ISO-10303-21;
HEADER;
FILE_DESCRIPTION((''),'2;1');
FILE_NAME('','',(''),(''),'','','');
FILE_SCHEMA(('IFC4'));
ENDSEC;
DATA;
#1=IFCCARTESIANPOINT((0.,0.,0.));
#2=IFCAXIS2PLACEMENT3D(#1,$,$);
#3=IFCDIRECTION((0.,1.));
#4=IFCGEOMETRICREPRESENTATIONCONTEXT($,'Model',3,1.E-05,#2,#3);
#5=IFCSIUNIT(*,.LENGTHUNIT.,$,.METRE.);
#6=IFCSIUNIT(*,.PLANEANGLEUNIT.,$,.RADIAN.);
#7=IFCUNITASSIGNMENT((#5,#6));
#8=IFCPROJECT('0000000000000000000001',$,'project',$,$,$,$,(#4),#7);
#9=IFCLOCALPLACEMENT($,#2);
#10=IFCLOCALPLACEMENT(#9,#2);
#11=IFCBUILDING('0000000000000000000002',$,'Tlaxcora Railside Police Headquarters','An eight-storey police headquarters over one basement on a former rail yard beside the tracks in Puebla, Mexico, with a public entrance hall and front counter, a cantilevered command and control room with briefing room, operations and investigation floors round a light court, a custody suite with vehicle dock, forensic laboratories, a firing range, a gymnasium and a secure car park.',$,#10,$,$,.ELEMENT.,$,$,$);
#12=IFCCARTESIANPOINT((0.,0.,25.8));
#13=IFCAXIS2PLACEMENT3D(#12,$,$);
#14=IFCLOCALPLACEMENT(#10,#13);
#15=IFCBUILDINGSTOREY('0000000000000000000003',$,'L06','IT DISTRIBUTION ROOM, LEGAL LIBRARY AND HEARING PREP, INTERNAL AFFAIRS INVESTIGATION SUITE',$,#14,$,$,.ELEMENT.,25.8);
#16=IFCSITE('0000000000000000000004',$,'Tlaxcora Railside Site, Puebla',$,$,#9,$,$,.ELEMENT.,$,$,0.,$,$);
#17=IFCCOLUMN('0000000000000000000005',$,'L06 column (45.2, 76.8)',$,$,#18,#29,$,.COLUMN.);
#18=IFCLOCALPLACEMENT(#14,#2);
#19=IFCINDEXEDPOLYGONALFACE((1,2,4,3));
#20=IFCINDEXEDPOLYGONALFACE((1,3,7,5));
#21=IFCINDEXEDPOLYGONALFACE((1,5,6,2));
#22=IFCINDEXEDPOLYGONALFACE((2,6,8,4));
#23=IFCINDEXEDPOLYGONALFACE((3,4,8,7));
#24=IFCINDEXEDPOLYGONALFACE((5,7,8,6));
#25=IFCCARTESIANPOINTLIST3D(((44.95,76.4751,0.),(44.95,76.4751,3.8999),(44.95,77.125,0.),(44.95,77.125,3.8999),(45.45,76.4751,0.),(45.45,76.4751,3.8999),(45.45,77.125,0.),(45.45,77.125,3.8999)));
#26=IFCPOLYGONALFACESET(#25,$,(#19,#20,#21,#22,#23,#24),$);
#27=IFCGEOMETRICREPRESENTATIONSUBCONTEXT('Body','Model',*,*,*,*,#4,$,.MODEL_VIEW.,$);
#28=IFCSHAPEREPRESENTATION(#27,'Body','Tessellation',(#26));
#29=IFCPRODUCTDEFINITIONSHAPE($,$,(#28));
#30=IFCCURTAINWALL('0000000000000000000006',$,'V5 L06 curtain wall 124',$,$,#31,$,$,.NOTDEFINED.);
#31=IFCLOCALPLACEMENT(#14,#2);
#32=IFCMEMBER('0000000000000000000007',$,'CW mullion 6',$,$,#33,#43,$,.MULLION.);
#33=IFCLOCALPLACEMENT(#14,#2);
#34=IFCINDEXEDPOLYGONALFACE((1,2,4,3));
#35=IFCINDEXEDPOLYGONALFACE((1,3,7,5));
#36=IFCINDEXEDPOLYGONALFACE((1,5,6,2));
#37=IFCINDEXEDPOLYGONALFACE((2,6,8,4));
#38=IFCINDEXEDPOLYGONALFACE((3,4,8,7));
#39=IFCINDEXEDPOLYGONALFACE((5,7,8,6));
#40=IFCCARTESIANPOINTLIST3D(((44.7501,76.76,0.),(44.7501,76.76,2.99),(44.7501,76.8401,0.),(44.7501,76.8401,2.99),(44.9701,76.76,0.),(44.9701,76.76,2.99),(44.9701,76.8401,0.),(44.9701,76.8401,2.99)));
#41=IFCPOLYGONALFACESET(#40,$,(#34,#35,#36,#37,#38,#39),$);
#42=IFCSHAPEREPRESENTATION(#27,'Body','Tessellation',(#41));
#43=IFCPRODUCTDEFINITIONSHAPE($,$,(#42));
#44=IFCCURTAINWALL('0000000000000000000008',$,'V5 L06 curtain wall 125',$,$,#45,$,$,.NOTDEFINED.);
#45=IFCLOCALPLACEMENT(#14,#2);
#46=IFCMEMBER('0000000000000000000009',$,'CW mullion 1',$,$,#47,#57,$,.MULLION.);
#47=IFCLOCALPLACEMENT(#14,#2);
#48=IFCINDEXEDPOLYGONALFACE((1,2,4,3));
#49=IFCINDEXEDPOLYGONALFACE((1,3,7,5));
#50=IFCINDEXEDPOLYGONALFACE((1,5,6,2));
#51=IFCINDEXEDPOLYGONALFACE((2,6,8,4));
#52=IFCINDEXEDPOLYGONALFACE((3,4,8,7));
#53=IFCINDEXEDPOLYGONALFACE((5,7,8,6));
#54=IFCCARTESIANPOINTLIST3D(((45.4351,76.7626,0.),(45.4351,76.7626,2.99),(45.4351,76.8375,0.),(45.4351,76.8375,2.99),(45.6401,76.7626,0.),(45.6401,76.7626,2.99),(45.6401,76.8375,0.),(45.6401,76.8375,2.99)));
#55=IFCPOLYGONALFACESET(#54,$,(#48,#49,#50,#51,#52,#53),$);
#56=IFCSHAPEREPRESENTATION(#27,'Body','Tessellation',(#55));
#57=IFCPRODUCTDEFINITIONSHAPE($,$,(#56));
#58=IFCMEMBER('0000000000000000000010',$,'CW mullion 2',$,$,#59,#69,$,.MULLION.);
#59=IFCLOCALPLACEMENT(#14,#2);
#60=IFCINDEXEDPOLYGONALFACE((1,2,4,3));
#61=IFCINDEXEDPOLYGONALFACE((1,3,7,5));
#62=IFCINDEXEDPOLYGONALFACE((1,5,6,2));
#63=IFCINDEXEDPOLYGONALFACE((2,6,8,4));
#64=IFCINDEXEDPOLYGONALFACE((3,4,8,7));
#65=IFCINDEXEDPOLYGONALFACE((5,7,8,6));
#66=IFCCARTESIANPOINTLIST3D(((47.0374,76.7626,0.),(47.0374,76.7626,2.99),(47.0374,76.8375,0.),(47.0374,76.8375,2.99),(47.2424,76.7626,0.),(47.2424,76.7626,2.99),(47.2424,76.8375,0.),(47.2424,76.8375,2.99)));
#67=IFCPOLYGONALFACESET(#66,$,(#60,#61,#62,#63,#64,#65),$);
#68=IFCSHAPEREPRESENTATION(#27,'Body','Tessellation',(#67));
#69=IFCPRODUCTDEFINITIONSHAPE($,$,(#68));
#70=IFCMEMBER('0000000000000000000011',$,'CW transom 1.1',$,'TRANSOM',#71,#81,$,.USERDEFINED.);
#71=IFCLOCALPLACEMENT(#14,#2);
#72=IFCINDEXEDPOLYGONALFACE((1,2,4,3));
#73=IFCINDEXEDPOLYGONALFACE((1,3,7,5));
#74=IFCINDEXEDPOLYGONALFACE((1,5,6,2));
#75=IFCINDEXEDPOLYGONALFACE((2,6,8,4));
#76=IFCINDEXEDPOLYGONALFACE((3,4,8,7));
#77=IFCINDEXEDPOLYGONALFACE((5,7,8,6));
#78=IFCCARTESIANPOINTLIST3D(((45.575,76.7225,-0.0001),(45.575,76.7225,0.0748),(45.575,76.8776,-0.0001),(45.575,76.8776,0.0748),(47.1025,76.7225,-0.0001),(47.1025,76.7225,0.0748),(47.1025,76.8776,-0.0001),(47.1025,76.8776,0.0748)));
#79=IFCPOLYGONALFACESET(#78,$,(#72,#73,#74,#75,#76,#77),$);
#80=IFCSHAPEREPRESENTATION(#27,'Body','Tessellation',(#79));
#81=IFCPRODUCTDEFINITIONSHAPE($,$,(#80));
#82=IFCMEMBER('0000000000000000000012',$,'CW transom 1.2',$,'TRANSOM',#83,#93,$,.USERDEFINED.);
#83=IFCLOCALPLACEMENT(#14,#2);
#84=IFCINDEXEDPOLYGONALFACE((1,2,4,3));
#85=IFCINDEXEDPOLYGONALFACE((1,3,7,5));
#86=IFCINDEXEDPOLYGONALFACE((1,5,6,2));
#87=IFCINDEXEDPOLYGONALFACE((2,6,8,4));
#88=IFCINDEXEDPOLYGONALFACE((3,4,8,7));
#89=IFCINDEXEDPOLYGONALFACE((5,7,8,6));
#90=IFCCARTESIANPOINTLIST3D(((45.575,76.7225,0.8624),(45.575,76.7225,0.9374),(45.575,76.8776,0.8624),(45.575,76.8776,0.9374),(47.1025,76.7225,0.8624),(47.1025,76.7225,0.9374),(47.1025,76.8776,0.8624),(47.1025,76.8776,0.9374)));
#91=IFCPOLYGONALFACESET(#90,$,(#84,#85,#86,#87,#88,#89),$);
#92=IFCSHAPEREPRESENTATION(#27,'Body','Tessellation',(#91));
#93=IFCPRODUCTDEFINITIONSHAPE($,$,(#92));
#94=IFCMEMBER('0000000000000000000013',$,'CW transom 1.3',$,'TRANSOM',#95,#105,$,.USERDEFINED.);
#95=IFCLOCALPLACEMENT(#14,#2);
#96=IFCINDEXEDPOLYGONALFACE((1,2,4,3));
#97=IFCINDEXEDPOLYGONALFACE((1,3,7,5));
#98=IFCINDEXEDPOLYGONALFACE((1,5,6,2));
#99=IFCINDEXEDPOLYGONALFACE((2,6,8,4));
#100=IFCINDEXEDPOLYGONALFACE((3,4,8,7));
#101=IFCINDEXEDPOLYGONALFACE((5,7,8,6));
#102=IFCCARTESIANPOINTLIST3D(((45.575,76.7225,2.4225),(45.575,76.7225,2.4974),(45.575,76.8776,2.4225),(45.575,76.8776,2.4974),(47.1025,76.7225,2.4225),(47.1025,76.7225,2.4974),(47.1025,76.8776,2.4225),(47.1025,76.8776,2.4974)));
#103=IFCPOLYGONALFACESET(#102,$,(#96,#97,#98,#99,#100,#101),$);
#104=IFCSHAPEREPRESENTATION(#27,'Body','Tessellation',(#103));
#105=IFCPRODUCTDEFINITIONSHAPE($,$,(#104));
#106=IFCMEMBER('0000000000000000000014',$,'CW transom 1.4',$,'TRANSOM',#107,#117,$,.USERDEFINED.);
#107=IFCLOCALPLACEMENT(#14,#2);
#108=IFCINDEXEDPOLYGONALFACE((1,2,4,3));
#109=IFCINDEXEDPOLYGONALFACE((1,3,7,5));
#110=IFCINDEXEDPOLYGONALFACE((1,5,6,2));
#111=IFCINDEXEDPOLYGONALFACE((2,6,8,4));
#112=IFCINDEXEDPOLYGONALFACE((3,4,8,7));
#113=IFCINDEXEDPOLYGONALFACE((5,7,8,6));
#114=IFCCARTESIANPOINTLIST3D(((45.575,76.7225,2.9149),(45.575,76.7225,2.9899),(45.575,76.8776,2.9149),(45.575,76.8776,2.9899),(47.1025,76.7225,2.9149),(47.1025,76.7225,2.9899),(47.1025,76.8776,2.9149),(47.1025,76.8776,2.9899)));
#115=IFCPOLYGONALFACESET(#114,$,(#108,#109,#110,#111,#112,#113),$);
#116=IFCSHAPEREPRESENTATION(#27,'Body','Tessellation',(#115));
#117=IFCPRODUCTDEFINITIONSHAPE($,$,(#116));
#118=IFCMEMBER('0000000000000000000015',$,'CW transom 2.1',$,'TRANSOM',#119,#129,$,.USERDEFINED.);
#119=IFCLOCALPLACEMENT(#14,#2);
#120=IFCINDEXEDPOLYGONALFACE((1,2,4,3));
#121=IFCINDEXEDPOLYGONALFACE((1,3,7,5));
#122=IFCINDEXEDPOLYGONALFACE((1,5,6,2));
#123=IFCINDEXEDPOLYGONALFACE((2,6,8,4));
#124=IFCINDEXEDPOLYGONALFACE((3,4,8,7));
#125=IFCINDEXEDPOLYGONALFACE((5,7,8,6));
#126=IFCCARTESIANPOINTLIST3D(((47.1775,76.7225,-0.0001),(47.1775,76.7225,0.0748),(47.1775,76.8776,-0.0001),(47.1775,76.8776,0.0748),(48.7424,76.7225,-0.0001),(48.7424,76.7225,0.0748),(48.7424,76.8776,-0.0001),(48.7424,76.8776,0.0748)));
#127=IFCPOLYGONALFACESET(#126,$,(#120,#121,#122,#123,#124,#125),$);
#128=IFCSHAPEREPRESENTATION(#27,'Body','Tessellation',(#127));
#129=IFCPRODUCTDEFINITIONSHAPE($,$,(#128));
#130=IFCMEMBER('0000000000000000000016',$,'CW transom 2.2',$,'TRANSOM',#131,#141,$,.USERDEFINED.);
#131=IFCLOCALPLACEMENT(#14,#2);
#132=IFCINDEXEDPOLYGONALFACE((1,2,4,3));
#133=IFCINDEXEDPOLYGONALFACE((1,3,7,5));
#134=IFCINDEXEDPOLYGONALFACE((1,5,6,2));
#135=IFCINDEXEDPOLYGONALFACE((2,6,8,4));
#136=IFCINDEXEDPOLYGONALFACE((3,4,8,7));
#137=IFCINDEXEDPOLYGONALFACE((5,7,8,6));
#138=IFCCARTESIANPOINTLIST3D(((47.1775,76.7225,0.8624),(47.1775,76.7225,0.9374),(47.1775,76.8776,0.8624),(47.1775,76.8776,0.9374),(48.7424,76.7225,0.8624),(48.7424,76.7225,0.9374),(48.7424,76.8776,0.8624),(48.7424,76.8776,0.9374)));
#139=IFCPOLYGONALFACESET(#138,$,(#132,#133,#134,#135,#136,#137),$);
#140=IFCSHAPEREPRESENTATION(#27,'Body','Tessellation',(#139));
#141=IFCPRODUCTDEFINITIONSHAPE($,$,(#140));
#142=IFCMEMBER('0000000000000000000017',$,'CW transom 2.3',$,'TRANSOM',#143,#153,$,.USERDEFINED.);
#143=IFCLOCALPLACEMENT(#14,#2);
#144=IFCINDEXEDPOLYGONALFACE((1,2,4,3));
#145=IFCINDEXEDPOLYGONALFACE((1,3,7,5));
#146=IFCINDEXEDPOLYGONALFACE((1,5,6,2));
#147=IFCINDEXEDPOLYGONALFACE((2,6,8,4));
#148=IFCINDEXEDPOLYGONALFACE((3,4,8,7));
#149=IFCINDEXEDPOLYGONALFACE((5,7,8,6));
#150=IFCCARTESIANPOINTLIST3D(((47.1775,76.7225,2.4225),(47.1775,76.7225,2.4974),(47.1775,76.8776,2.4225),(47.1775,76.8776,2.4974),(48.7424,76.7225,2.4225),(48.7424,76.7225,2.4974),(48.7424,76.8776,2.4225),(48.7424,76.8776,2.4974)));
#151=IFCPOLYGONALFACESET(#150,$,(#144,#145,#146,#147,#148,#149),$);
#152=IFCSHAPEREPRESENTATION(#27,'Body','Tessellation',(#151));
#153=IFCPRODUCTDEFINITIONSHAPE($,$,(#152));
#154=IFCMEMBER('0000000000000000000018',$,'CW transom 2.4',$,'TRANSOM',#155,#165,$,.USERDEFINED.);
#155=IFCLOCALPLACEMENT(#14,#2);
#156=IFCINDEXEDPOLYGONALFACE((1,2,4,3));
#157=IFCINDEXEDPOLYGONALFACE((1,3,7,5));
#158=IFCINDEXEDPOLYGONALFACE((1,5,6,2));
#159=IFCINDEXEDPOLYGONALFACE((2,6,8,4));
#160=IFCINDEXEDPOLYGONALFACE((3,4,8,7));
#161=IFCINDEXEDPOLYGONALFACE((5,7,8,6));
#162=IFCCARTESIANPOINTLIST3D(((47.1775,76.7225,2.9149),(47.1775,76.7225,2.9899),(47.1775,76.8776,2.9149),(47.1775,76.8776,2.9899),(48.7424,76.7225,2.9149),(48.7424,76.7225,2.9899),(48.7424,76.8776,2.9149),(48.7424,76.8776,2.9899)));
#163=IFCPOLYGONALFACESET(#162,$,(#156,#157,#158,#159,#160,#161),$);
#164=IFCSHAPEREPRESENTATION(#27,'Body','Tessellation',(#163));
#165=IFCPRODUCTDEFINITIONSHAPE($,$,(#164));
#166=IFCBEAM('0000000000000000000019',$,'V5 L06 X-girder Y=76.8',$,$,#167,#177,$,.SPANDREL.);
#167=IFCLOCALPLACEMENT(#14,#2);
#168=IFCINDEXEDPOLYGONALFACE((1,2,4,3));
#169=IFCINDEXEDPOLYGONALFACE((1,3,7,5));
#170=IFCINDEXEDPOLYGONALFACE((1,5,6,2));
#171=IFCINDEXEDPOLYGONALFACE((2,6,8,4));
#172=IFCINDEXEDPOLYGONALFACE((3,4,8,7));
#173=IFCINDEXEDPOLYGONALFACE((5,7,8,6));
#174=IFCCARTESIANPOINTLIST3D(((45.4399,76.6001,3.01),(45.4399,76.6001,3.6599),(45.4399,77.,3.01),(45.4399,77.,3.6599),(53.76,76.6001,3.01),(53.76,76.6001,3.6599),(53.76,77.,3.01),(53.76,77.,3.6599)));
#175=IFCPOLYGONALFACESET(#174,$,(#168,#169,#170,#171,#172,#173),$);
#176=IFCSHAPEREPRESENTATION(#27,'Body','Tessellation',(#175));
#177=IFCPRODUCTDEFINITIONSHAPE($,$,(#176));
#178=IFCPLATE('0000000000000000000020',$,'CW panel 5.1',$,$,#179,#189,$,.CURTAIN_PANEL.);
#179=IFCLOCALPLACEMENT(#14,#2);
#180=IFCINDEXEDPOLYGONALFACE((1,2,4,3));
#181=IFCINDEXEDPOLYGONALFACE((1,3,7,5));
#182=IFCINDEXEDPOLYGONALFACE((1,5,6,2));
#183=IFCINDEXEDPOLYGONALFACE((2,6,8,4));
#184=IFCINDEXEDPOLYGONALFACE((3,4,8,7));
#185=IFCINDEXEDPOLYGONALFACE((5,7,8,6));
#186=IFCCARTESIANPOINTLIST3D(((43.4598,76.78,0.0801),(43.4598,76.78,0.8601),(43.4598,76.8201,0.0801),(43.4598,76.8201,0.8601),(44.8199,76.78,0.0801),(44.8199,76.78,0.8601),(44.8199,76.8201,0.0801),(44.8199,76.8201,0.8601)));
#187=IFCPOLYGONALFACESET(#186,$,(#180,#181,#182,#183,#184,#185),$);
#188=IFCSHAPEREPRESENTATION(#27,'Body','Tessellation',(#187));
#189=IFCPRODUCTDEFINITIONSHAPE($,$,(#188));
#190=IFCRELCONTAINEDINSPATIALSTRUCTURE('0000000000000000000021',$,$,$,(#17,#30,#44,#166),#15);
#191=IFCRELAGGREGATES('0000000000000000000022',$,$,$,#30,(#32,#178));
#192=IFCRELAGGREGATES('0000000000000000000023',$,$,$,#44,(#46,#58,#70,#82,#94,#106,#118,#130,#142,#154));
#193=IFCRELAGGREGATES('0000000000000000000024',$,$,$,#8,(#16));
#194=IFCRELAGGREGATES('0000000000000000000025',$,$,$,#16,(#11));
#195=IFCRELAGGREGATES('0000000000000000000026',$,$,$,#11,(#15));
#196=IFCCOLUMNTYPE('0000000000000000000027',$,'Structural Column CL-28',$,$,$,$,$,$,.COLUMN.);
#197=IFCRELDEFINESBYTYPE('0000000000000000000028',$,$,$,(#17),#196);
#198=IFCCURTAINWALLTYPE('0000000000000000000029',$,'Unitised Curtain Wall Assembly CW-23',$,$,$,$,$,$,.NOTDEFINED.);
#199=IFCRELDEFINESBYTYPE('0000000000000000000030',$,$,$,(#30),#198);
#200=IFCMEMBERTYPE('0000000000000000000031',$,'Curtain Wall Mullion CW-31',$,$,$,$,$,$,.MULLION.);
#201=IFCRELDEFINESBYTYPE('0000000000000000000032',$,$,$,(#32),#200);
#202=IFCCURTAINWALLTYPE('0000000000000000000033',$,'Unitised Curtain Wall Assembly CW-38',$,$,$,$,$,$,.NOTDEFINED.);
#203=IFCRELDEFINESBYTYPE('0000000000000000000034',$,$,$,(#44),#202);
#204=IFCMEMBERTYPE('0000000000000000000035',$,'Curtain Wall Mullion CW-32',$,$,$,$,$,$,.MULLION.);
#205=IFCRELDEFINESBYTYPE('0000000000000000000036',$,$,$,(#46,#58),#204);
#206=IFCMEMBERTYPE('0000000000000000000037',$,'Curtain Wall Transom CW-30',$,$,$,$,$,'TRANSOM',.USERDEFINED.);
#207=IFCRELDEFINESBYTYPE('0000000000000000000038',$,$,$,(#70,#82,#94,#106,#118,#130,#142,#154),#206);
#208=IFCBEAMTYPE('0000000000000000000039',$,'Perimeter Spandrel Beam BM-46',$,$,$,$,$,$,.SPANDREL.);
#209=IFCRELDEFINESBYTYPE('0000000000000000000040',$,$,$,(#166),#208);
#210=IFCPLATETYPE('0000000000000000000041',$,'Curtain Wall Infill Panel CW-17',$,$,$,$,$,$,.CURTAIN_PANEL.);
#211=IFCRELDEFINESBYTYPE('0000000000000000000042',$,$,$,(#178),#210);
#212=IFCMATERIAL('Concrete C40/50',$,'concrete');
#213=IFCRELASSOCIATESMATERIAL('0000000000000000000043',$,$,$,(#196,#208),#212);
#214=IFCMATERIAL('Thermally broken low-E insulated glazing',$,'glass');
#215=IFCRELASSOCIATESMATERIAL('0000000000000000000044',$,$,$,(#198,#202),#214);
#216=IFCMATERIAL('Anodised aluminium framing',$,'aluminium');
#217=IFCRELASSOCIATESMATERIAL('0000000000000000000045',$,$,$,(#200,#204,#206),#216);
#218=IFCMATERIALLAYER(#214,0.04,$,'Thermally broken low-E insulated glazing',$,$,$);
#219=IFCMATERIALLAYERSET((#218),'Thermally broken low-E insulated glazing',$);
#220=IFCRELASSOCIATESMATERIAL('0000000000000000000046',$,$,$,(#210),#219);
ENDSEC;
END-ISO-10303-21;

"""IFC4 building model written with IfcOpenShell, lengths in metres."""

from ifc_helpers import new_model, si_unit, direction, frame, origin, origin_2d, place, context, subcontext, project, spatial, rectangle, extrude, material, layer, layer_set, material_profile, profile_set, type_object, element, aggregate, save


model = new_model("IFC4")

# Units and contexts
model_context = context("Model", 3, precision=1e-05, world=origin(), true_north=direction((0.0, 1.0)))
body_context = subcontext(model_context, "Body", "Model", "MODEL_VIEW")
ifc_project = project(units=[si_unit("LENGTHUNIT", "METRE"), si_unit("PLANEANGLEUNIT", "RADIAN")], contexts=[model_context])

# Site, building, storey
site_placement = place(None, origin())
site = spatial("IfcSite", under=ifc_project, at=site_placement, Name="Tlaxcora Railside Site, Puebla", CompositionType="ELEMENT", RefElevation=0.0)
building_placement = place(site_placement, origin())
building = spatial("IfcBuilding", under=site, at=building_placement, Name="Tlaxcora Railside Police Headquarters", Description="An eight-storey police headquarters over one basement on a former rail yard beside the tracks in Puebla, Mexico, with a public entrance hall and front counter, a cantilevered command and control room with briefing room, operations and investigation floors round a light court, a custody suite with vehicle dock, forensic laboratories, a firing range, a gymnasium and a secure car park.", CompositionType="ELEMENT")
storey_placement = place(building_placement, frame((0.0, 0.0, 25.8)))
storey = spatial("IfcBuildingStorey", under=building, at=storey_placement, Name="L06", Description="IT DISTRIBUTION ROOM, LEGAL LIBRARY AND HEARING PREP, INTERNAL AFFAIRS INVESTIGATION SUITE", CompositionType="ELEMENT", Elevation=25.8)

# Column
ifc_material_1 = material(Name="Concrete C40/50", Category="concrete")
ifc_material_profile_1 = material_profile(ifc_material_1, rectangle(XDim=0.5, YDim=0.6499, at=origin_2d()), Name="RC500X650")
ifc_profile_set_1 = profile_set([ifc_material_profile_1], Name="Concrete C40/50")
column_type = type_object("IfcColumnType", Name="Structural Column CL-28", PredefinedType="COLUMN", material=ifc_profile_set_1)
column_placement = place(storey_placement, frame((45.2, 76.8, 0.0), z_axis=(0.0, 0.0, 1.0), x_axis=(1.0, 0.0, 0.0)))
element("IfcColumn", 1, at=column_placement, inside=storey, type_object=column_type, Name="L06 column (45.2, 76.8)", PredefinedType="COLUMN", context=body_context, shape_type="SweptSolid", body=[
    extrude(rectangle(XDim=0.5, YDim=0.6499, at=origin_2d()), origin(), (0.0, 0.0, 1.0), 3.8999),
])

# Curtain wall, member
ifc_material_2 = material(Name="Thermally broken low-E insulated glazing", Category="glass")
curtain_wall_type_1 = type_object("IfcCurtainWallType", Name="Unitised Curtain Wall Assembly CW-23", PredefinedType="NOTDEFINED", material=ifc_material_2)
curtain_wall_1_placement = place(storey_placement, origin())
curtain_wall_1 = element("IfcCurtainWall", 2, at=curtain_wall_1_placement, inside=storey, type_object=curtain_wall_type_1, Name="V5 L06 curtain wall 124", PredefinedType="NOTDEFINED")
ifc_material_3 = material(Name="Anodised aluminium framing", Category="aluminium")
ifc_material_profile_2 = material_profile(ifc_material_3, rectangle(XDim=0.0801, YDim=0.22, at=origin_2d()), Name="AL80X220")
ifc_profile_set_2 = profile_set([ifc_material_profile_2], Name="Anodised aluminium framing")
member_type_1 = type_object("IfcMemberType", Name="Curtain Wall Mullion CW-31", PredefinedType="MULLION", material=ifc_profile_set_2)
member_1_placement = place(storey_placement, frame((44.8601, 76.8, 0.0), z_axis=(0.0, 0.0, 1.0), x_axis=(0.0, 1.0, 0.0)))
member_1 = element("IfcMember", 3, at=member_1_placement, type_object=member_type_1, Name="CW mullion 6", PredefinedType="MULLION", context=body_context, shape_type="SweptSolid", body=[
    extrude(rectangle(XDim=0.0801, YDim=0.22, at=origin_2d()), origin(), (0.0, 0.0, 1.0), 2.99),
])

# Curtain wall, members
curtain_wall_type_2 = type_object("IfcCurtainWallType", Name="Unitised Curtain Wall Assembly CW-38", PredefinedType="NOTDEFINED", material=ifc_material_2)
curtain_wall_2_placement = place(storey_placement, origin())
curtain_wall_2 = element("IfcCurtainWall", 4, at=curtain_wall_2_placement, inside=storey, type_object=curtain_wall_type_2, Name="V5 L06 curtain wall 125", PredefinedType="NOTDEFINED")
ifc_material_profile_3 = material_profile(ifc_material_3, rectangle(XDim=0.075, YDim=0.2051, at=origin_2d()), Name="AL75X205")
ifc_profile_set_3 = profile_set([ifc_material_profile_3], Name="Anodised aluminium framing")
member_type_2 = type_object("IfcMemberType", Name="Curtain Wall Mullion CW-32", PredefinedType="MULLION", material=ifc_profile_set_3)
member_2_placement = place(storey_placement, frame((45.5376, 76.8, 0.0), z_axis=(0.0, 0.0, 1.0), x_axis=(0.0, 1.0, 0.0)))
member_2 = element("IfcMember", 5, at=member_2_placement, type_object=member_type_2, Name="CW mullion 1", PredefinedType="MULLION", context=body_context, shape_type="SweptSolid", body=[
    extrude(rectangle(XDim=0.075, YDim=0.2051, at=origin_2d()), origin(), (0.0, 0.0, 1.0), 2.99),
])
member_3_placement = place(storey_placement, frame((47.1399, 76.8, 0.0), z_axis=(0.0, 0.0, 1.0), x_axis=(0.0, 1.0, 0.0)))
member_3 = element("IfcMember", 6, at=member_3_placement, type_object=member_type_2, Name="CW mullion 2", PredefinedType="MULLION", context=body_context, shape_type="SweptSolid", body=[
    extrude(rectangle(XDim=0.075, YDim=0.2051, at=origin_2d()), origin(), (0.0, 0.0, 1.0), 2.99),
])
ifc_material_profile_4 = material_profile(ifc_material_3, rectangle(XDim=0.155, YDim=0.075, at=origin_2d()), Name="AL75X155")
ifc_profile_set_4 = profile_set([ifc_material_profile_4], Name="Anodised aluminium framing")
member_type_3 = type_object("IfcMemberType", Name="Curtain Wall Transom CW-30", ElementType="TRANSOM", PredefinedType="USERDEFINED", material=ifc_profile_set_4)
member_4_placement = place(storey_placement, frame((45.575, 76.8, 0.0374), z_axis=(1.0, 0.0, 0.0), x_axis=(0.0, 1.0, 0.0)))
member_4 = element("IfcMember", 7, at=member_4_placement, type_object=member_type_3, Name="CW transom 1.1", ObjectType="TRANSOM", PredefinedType="USERDEFINED", context=body_context, shape_type="SweptSolid", body=[
    extrude(rectangle(XDim=0.155, YDim=0.075, at=origin_2d()), origin(), (0.0, 0.0, 1.0), 1.5276),
])
member_5_placement = place(storey_placement, frame((45.575, 76.8, 0.8999), z_axis=(1.0, 0.0, 0.0), x_axis=(0.0, 1.0, 0.0)))
member_5 = element("IfcMember", 8, at=member_5_placement, type_object=member_type_3, Name="CW transom 1.2", ObjectType="TRANSOM", PredefinedType="USERDEFINED", context=body_context, shape_type="SweptSolid", body=[
    extrude(rectangle(XDim=0.155, YDim=0.075, at=origin_2d()), origin(), (0.0, 0.0, 1.0), 1.5276),
])
member_6_placement = place(storey_placement, frame((45.575, 76.8, 2.46), z_axis=(1.0, 0.0, 0.0), x_axis=(0.0, 1.0, 0.0)))
member_6 = element("IfcMember", 9, at=member_6_placement, type_object=member_type_3, Name="CW transom 1.3", ObjectType="TRANSOM", PredefinedType="USERDEFINED", context=body_context, shape_type="SweptSolid", body=[
    extrude(rectangle(XDim=0.155, YDim=0.075, at=origin_2d()), origin(), (0.0, 0.0, 1.0), 1.5276),
])
member_7_placement = place(storey_placement, frame((45.575, 76.8, 2.9524), z_axis=(1.0, 0.0, 0.0), x_axis=(0.0, 1.0, 0.0)))
member_7 = element("IfcMember", 10, at=member_7_placement, type_object=member_type_3, Name="CW transom 1.4", ObjectType="TRANSOM", PredefinedType="USERDEFINED", context=body_context, shape_type="SweptSolid", body=[
    extrude(rectangle(XDim=0.155, YDim=0.075, at=origin_2d()), origin(), (0.0, 0.0, 1.0), 1.5276),
])
member_8_placement = place(storey_placement, frame((47.1775, 76.8, 0.0374), z_axis=(1.0, 0.0, 0.0), x_axis=(0.0, 1.0, 0.0)))
member_8 = element("IfcMember", 11, at=member_8_placement, type_object=member_type_3, Name="CW transom 2.1", ObjectType="TRANSOM", PredefinedType="USERDEFINED", context=body_context, shape_type="SweptSolid", body=[
    extrude(rectangle(XDim=0.155, YDim=0.075, at=origin_2d()), origin(), (0.0, 0.0, 1.0), 1.5649),
])
member_9_placement = place(storey_placement, frame((47.1775, 76.8, 0.8999), z_axis=(1.0, 0.0, 0.0), x_axis=(0.0, 1.0, 0.0)))
member_9 = element("IfcMember", 12, at=member_9_placement, type_object=member_type_3, Name="CW transom 2.2", ObjectType="TRANSOM", PredefinedType="USERDEFINED", context=body_context, shape_type="SweptSolid", body=[
    extrude(rectangle(XDim=0.155, YDim=0.075, at=origin_2d()), origin(), (0.0, 0.0, 1.0), 1.5649),
])
member_10_placement = place(storey_placement, frame((47.1775, 76.8, 2.46), z_axis=(1.0, 0.0, 0.0), x_axis=(0.0, 1.0, 0.0)))
member_10 = element("IfcMember", 13, at=member_10_placement, type_object=member_type_3, Name="CW transom 2.3", ObjectType="TRANSOM", PredefinedType="USERDEFINED", context=body_context, shape_type="SweptSolid", body=[
    extrude(rectangle(XDim=0.155, YDim=0.075, at=origin_2d()), origin(), (0.0, 0.0, 1.0), 1.5649),
])
member_11_placement = place(storey_placement, frame((47.1775, 76.8, 2.9524), z_axis=(1.0, 0.0, 0.0), x_axis=(0.0, 1.0, 0.0)))
member_11 = element("IfcMember", 14, at=member_11_placement, type_object=member_type_3, Name="CW transom 2.4", ObjectType="TRANSOM", PredefinedType="USERDEFINED", context=body_context, shape_type="SweptSolid", body=[
    extrude(rectangle(XDim=0.155, YDim=0.075, at=origin_2d()), origin(), (0.0, 0.0, 1.0), 1.5649),
])

# Beam
ifc_material_profile_5 = material_profile(ifc_material_1, rectangle(XDim=0.3999, YDim=0.6499, at=origin_2d()), Name="RC400X650")
ifc_profile_set_5 = profile_set([ifc_material_profile_5], Name="Concrete C40/50")
beam_type = type_object("IfcBeamType", Name="Perimeter Spandrel Beam BM-46", PredefinedType="SPANDREL", material=ifc_profile_set_5)
beam_placement = place(storey_placement, frame((45.4399, 76.8, 3.335), z_axis=(1.0, 0.0, 0.0), x_axis=(0.0, 1.0, 0.0)))
element("IfcBeam", 15, at=beam_placement, inside=storey, type_object=beam_type, Name="V5 L06 X-girder Y=76.8", PredefinedType="SPANDREL", context=body_context, shape_type="SweptSolid", body=[
    extrude(rectangle(XDim=0.3999, YDim=0.6499, at=origin_2d()), origin(), (0.0, 0.0, 1.0), 8.3201),
])

# Plate
ifc_layer_1 = layer(ifc_material_2, 0.04, Name="Thermally broken low-E insulated glazing")
ifc_layer_set_1 = layer_set([ifc_layer_1], Name="Thermally broken low-E insulated glazing")
plate_type_1 = type_object("IfcPlateType", Name="Curtain Wall Infill Panel CW-17", PredefinedType="CURTAIN_PANEL", material=ifc_layer_set_1)
plate_1_placement = place(storey_placement, frame((44.1399, 76.8, 0.0801), z_axis=(0.0, 0.0, 1.0), x_axis=(1.0, 0.0, 0.0)))
plate_1 = element("IfcPlate", 16, at=plate_1_placement, type_object=plate_type_1, Name="CW panel 5.1", PredefinedType="CURTAIN_PANEL", context=body_context, shape_type="SweptSolid", body=[
    extrude(rectangle(XDim=1.3601, YDim=0.04, at=origin_2d()), origin(), (0.0, 0.0, 1.0), 0.78),
])
aggregate(curtain_wall_1, [member_1, plate_1])
aggregate(curtain_wall_2, [member_2, member_3, member_4, member_5, member_6, member_7, member_8, member_9, member_10, member_11])

save(model, "model.ifc")
